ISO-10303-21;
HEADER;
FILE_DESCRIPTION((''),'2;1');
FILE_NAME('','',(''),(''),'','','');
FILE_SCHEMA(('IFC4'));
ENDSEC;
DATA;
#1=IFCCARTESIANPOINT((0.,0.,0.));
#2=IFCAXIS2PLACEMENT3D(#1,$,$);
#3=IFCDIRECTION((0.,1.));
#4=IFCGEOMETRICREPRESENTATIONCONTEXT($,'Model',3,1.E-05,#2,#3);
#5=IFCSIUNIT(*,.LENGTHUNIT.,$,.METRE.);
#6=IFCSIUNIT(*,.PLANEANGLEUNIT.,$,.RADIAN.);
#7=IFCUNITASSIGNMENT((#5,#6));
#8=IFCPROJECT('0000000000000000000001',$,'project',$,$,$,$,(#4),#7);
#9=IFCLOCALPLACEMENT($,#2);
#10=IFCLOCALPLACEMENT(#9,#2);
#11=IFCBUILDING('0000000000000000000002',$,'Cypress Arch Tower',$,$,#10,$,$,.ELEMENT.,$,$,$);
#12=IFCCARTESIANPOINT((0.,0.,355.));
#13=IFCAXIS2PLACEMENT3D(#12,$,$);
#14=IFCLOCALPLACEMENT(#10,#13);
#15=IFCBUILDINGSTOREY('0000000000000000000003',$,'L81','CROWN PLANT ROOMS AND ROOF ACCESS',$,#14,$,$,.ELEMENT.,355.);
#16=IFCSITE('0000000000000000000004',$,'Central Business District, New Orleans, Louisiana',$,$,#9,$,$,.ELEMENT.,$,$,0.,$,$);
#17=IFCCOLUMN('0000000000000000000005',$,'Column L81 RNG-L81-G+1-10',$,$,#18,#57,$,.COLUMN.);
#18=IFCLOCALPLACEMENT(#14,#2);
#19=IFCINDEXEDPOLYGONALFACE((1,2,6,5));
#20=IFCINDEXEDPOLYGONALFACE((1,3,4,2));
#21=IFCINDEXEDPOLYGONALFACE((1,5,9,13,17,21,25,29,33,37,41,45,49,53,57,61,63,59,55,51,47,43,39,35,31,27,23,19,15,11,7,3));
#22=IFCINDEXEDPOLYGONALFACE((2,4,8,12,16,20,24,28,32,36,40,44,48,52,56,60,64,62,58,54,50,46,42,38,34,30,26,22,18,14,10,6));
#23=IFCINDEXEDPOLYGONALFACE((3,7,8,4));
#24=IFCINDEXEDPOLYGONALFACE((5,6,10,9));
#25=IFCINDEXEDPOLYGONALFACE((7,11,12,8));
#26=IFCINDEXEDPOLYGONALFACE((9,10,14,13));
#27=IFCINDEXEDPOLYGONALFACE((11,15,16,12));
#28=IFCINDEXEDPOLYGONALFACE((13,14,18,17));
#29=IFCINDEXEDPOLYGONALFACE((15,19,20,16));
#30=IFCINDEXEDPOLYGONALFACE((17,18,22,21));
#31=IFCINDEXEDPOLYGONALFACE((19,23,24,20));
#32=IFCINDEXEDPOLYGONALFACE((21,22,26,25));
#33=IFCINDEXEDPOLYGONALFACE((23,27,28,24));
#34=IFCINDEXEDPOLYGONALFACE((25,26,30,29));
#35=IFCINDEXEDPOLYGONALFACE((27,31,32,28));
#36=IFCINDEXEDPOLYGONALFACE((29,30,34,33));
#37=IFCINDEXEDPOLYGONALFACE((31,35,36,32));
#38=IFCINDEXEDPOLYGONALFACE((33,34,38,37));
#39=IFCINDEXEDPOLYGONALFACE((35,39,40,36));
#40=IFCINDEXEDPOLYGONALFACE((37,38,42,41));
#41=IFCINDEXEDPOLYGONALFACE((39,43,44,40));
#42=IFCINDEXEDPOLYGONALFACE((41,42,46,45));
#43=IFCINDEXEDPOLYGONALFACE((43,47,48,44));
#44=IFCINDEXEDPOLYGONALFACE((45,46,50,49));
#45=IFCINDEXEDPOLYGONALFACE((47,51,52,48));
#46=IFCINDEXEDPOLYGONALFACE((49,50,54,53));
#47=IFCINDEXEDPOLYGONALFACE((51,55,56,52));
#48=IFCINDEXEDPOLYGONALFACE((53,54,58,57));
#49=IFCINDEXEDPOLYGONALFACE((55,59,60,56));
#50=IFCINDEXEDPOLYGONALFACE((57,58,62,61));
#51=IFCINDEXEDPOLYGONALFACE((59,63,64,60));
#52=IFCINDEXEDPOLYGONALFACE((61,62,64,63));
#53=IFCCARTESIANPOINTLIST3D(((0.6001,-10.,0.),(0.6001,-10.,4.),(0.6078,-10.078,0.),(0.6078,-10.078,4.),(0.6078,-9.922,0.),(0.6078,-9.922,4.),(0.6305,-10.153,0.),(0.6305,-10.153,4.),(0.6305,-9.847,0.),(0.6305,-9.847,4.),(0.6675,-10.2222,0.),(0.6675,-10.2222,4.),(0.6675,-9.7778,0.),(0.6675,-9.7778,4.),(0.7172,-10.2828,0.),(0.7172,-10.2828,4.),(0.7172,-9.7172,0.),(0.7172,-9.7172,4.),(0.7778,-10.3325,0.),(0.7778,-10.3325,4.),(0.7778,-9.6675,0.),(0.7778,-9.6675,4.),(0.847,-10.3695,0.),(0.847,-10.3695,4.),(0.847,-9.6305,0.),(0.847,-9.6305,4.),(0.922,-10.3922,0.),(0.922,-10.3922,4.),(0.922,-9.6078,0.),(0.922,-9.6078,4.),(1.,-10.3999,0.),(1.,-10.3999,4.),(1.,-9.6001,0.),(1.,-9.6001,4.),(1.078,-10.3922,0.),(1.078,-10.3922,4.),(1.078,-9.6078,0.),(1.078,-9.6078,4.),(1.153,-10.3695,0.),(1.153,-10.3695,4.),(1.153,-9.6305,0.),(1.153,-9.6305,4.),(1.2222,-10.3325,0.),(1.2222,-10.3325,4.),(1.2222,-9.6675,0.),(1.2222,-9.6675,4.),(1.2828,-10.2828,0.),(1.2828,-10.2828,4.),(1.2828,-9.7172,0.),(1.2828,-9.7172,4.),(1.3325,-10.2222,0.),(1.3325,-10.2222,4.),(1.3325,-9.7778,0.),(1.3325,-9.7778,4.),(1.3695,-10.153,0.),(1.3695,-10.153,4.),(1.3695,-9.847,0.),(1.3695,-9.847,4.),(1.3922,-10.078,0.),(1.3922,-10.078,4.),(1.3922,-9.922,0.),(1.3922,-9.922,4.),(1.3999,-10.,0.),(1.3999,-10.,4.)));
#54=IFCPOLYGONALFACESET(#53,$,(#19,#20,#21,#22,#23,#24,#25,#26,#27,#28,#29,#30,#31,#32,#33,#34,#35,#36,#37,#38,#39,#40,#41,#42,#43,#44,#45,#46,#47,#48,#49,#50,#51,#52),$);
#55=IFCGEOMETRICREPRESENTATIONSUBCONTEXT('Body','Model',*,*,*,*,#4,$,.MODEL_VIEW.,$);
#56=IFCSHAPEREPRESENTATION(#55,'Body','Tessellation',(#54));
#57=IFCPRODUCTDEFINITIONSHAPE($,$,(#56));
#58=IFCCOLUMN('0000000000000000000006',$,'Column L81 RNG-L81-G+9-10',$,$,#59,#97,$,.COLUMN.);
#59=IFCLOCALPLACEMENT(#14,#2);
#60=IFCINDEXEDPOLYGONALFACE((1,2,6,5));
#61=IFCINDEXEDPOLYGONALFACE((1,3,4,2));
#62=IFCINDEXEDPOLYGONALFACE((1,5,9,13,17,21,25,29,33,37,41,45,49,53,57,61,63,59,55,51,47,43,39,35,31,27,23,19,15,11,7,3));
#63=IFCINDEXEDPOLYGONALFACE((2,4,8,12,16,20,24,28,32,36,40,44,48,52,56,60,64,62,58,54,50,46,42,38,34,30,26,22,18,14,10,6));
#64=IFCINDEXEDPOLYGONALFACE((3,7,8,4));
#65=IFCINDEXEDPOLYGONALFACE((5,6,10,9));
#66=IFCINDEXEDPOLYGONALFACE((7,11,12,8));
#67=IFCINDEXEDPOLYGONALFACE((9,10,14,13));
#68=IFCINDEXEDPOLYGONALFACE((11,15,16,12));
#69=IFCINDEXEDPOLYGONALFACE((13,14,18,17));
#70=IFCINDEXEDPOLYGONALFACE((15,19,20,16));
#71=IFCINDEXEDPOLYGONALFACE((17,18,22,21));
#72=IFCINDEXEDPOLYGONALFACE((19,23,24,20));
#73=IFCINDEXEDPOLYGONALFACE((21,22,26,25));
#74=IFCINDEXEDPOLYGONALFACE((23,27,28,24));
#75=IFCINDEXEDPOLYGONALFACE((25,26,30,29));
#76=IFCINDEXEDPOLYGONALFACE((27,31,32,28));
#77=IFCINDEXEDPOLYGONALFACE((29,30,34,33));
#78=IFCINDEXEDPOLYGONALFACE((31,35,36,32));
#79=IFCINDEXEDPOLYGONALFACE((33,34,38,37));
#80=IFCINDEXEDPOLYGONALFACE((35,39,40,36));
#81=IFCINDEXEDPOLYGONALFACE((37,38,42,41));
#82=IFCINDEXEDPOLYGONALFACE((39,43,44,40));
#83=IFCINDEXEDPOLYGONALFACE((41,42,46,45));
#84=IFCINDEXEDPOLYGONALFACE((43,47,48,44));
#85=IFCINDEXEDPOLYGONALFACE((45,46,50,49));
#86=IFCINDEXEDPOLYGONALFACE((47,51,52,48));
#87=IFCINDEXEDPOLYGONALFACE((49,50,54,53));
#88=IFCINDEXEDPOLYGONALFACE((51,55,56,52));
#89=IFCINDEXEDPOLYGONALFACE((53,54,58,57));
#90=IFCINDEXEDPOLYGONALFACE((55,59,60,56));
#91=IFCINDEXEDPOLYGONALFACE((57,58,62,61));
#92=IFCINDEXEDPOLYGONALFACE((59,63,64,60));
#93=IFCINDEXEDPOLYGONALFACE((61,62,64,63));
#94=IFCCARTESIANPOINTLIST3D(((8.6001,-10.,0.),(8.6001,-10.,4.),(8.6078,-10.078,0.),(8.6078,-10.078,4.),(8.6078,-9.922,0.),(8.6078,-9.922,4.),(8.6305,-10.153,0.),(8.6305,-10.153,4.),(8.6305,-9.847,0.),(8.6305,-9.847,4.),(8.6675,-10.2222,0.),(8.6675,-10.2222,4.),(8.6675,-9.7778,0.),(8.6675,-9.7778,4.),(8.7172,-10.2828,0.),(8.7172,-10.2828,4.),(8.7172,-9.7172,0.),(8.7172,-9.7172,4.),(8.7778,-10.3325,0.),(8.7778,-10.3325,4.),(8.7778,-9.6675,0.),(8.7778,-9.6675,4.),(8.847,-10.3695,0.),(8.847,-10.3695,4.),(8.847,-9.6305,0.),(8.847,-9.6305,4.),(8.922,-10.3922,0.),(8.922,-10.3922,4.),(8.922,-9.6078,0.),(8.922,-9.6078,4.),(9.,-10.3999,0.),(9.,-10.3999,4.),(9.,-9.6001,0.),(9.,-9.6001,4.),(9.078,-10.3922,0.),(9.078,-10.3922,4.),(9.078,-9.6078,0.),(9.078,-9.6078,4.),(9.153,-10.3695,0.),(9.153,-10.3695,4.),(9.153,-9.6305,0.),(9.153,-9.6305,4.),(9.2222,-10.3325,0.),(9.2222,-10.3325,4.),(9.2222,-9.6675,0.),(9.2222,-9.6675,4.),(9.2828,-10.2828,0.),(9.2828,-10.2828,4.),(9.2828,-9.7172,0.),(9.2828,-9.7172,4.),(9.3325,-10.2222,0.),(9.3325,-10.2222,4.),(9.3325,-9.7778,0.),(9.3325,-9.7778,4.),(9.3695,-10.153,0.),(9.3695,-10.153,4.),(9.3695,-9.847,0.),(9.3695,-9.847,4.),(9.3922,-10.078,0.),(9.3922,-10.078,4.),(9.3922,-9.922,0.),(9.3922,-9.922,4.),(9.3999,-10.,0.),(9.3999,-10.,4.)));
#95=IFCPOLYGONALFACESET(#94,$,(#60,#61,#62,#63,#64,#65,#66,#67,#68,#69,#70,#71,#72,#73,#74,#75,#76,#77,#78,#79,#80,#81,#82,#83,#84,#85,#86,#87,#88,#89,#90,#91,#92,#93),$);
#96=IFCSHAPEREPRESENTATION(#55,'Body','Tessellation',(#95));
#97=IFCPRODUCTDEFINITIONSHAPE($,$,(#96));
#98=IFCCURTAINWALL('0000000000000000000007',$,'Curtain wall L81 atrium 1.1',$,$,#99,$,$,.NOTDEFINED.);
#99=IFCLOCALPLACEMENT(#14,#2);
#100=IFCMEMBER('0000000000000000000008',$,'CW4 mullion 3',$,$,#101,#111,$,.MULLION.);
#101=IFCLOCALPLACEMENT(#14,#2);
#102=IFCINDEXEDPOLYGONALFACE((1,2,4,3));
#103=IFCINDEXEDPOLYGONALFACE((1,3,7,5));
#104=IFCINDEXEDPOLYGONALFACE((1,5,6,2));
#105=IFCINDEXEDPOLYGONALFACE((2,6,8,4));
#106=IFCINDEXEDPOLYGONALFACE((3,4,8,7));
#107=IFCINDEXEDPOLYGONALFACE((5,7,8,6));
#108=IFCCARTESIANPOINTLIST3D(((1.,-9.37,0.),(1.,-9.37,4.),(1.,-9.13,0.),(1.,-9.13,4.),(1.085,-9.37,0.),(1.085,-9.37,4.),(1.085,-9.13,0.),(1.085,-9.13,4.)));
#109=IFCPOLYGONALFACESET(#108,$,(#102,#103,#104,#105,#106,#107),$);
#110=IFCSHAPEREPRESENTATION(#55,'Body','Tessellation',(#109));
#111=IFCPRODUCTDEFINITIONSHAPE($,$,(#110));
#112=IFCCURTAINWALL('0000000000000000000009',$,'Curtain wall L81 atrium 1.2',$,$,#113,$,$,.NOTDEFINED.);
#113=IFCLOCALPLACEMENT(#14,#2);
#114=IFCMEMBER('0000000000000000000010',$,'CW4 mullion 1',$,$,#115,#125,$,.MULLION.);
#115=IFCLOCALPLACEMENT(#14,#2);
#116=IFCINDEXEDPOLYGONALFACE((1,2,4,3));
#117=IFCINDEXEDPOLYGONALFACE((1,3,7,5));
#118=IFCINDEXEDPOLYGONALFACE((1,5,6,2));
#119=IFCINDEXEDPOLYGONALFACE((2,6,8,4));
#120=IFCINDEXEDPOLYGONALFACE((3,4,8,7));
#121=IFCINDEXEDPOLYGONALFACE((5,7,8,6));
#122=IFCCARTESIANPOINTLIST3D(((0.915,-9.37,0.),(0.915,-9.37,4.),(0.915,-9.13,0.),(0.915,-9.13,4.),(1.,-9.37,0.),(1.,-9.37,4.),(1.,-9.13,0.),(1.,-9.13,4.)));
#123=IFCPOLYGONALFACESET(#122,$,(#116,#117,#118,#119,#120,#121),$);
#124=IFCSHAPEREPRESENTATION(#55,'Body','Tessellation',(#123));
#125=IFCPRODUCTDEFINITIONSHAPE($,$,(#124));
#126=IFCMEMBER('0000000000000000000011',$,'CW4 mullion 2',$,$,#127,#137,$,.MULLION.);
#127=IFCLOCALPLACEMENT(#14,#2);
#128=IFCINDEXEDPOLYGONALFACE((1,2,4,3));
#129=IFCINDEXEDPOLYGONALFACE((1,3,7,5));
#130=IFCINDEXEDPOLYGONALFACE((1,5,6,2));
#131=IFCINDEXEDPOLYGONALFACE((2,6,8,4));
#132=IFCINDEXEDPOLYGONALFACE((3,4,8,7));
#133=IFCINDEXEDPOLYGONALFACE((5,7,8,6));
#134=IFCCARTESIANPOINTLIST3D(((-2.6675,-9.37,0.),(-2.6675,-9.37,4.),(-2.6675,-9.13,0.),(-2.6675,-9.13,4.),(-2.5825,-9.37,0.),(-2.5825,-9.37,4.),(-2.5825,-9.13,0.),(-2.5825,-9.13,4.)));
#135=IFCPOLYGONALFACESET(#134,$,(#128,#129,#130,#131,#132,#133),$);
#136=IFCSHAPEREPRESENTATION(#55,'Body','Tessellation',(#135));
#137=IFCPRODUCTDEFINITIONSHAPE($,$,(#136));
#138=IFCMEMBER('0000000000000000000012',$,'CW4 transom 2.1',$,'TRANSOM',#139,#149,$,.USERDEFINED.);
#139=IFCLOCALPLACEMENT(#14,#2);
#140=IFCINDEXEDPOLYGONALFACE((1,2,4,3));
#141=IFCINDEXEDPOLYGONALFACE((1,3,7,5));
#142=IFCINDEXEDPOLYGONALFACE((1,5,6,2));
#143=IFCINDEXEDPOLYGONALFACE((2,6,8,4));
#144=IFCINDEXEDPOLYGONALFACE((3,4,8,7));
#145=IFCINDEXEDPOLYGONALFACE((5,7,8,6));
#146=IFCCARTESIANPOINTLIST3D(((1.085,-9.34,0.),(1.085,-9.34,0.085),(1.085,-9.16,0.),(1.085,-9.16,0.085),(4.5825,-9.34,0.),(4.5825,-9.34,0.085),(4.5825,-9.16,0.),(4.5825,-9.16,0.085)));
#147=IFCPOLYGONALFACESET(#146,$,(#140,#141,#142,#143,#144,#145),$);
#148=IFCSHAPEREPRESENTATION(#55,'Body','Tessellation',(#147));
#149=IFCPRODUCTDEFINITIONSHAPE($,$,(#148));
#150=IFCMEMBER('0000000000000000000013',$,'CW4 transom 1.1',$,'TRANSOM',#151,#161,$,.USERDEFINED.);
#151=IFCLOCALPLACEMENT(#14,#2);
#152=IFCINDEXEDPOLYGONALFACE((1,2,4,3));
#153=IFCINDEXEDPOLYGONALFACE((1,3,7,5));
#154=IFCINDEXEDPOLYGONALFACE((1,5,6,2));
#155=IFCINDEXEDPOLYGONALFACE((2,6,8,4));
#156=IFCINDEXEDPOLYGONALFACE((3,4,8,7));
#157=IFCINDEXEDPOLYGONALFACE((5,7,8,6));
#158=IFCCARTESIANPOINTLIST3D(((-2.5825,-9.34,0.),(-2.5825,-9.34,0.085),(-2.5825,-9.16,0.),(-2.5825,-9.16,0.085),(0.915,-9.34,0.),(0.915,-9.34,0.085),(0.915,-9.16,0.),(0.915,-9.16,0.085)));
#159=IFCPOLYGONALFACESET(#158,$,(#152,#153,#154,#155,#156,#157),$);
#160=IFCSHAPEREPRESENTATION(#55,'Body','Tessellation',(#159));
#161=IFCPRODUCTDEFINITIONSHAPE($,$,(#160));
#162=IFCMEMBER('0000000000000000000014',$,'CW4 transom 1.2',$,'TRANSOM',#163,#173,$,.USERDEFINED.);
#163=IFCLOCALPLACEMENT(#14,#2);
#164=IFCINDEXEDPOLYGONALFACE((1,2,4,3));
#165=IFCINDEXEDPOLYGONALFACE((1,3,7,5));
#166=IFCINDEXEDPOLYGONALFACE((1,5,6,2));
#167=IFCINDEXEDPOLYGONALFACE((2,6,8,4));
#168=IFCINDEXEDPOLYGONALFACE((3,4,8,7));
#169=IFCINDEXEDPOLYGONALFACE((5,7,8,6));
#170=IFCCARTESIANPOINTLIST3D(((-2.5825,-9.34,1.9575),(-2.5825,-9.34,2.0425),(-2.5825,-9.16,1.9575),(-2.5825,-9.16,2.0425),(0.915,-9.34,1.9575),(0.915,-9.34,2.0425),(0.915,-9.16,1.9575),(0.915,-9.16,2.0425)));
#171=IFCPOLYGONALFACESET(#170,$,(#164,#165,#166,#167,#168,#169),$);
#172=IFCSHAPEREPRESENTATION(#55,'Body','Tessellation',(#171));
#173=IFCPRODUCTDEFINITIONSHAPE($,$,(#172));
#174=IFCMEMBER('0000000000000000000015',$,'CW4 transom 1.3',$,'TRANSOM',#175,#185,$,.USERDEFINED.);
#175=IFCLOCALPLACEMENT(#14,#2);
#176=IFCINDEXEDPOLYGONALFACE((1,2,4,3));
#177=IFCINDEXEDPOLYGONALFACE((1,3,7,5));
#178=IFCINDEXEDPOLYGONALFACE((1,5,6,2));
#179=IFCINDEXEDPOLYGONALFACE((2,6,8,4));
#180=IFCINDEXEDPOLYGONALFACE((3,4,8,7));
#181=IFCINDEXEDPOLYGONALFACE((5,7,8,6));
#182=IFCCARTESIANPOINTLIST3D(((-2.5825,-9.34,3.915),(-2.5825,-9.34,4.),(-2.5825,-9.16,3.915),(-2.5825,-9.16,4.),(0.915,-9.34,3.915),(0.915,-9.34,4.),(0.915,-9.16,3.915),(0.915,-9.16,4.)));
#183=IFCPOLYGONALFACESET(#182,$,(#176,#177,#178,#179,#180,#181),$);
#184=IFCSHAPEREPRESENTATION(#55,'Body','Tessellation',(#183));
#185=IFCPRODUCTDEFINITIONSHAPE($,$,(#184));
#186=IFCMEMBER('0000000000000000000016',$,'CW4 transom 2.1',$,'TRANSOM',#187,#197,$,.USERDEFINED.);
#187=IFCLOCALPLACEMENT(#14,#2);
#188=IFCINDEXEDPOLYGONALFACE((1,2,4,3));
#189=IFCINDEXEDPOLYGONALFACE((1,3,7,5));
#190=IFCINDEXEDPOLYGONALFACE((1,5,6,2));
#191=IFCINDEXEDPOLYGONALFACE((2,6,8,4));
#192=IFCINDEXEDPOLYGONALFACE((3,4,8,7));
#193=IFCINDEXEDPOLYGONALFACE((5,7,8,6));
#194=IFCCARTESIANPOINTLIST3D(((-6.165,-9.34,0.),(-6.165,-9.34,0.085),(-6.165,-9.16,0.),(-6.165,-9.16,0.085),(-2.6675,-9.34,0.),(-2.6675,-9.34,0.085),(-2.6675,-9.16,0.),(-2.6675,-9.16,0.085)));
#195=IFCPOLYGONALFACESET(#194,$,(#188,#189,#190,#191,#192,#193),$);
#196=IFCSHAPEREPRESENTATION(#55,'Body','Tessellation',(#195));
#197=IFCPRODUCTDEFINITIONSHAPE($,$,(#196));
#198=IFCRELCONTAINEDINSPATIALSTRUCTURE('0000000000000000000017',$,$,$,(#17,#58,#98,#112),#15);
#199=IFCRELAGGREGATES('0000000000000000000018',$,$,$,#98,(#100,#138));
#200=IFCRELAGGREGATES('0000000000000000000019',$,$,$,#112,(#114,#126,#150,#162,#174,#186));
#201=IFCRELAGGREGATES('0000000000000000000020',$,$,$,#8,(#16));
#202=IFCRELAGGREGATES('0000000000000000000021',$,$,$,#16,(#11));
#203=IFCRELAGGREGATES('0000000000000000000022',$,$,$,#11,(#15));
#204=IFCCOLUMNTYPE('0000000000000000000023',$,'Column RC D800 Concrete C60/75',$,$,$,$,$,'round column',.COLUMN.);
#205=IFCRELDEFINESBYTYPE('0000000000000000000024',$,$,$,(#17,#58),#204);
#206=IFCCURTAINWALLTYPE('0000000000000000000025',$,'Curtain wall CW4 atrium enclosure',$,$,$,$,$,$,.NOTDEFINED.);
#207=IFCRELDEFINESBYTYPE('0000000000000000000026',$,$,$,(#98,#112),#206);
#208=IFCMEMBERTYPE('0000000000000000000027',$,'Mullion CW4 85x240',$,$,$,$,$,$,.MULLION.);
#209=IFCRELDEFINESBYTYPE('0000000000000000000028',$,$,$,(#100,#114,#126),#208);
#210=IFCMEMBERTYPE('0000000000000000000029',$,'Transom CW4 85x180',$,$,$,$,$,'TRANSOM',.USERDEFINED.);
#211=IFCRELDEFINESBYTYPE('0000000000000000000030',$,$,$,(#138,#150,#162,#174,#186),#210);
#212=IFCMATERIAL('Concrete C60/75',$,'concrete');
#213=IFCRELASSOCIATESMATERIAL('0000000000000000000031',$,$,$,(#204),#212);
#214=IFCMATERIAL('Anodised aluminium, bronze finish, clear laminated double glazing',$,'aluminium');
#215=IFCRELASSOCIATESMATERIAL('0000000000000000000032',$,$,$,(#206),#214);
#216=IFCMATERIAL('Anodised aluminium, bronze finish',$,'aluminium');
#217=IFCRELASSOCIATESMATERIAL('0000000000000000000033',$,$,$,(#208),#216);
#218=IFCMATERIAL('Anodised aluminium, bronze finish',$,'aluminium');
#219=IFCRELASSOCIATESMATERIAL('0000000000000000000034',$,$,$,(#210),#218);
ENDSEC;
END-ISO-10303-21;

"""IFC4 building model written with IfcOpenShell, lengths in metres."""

from ifc_helpers import new_model, si_unit, direction, frame, origin, origin_2d, place, context, subcontext, project, spatial, rectangle, circle, extrude, material, material_profile, profile_set, type_object, element, aggregate, save


model = new_model("IFC4")

# Units and contexts
model_context = context("Model", 3, precision=1e-05, world=origin(), true_north=direction((0.0, 1.0)))
body_context = subcontext(model_context, "Body", "Model", "MODEL_VIEW")
ifc_project = project(units=[si_unit("LENGTHUNIT", "METRE"), si_unit("PLANEANGLEUNIT", "RADIAN")], contexts=[model_context])

# Site, building, storey
site_placement = place(None, origin())
site = spatial("IfcSite", under=ifc_project, at=site_placement, Name="Central Business District, New Orleans, Louisiana", CompositionType="ELEMENT", RefElevation=0.0)
building_placement = place(site_placement, origin())
building = spatial("IfcBuilding", under=site, at=building_placement, Name="Cypress Arch Tower", CompositionType="ELEMENT")
storey_placement = place(building_placement, frame((0.0, 0.0, 355.0)))
storey = spatial("IfcBuildingStorey", under=building, at=storey_placement, Name="L81", Description="CROWN PLANT ROOMS AND ROOF ACCESS", CompositionType="ELEMENT", Elevation=355.0)

# Columns
ifc_material_1 = material(Name="Concrete C60/75", Category="concrete")
ifc_material_profile_1 = material_profile(ifc_material_1, circle(Radius=0.3999, at=origin_2d()), Name="RC D800")
ifc_profile_set_1 = profile_set([ifc_material_profile_1], Name="Concrete C60/75")
column_type = type_object("IfcColumnType", Name="Column RC D800 Concrete C60/75", ElementType="round column", PredefinedType="COLUMN", material=ifc_profile_set_1)
for number, where, z_axis, x_axis, name in (
    (1, (1.0, -10.0, 0.0), (0.0, 0.0, 1.0), (1.0, 0.0, 0.0), "Column L81 RNG-L81-G+1-10"),
    (2, (9.0, -10.0, 0.0), (0.0, 0.0, 1.0), (1.0, 0.0, 0.0), "Column L81 RNG-L81-G+9-10"),
):
    element("IfcColumn", number, at=place(storey_placement, frame(where, z_axis=z_axis, x_axis=x_axis)), inside=storey, type_object=column_type, Name=name, PredefinedType="COLUMN", context=body_context, shape_type="SweptSolid", body=[
        extrude(circle(Radius=0.3999, at=origin_2d()), origin(), (0.0, 0.0, 1.0), 4.0),
    ])

# Curtain wall, member
ifc_material_2 = material(Name="Anodised aluminium, bronze finish, clear laminated double glazing", Category="aluminium")
curtain_wall_type = type_object("IfcCurtainWallType", Name="Curtain wall CW4 atrium enclosure", PredefinedType="NOTDEFINED", material=ifc_material_2)
curtain_wall_1_placement = place(storey_placement, origin())
curtain_wall_1 = element("IfcCurtainWall", 3, at=curtain_wall_1_placement, inside=storey, type_object=curtain_wall_type, Name="Curtain wall L81 atrium 1.1", PredefinedType="NOTDEFINED")
ifc_material_3 = material(Name="Anodised aluminium, bronze finish", Category="aluminium")
ifc_material_profile_2 = material_profile(ifc_material_3, rectangle(XDim=0.24, YDim=0.085, at=origin_2d()), Name="Mullion 85x240")
ifc_profile_set_2 = profile_set([ifc_material_profile_2], Name="Anodised aluminium, bronze finish")
member_type_1 = type_object("IfcMemberType", Name="Mullion CW4 85x240", PredefinedType="MULLION", material=ifc_profile_set_2)
member_1_placement = place(storey_placement, frame((1.0425, -9.25, 0.0), z_axis=(0.0, 0.0, 1.0), x_axis=(0.0, -1.0, 0.0)))
member_1 = element("IfcMember", 4, at=member_1_placement, type_object=member_type_1, Name="CW4 mullion 3", PredefinedType="MULLION", context=body_context, shape_type="SweptSolid", body=[
    extrude(rectangle(XDim=0.24, YDim=0.085, at=origin_2d()), origin(), (0.0, 0.0, 1.0), 4.0),
])

# Curtain wall, members
curtain_wall_2_placement = place(storey_placement, origin())
curtain_wall_2 = element("IfcCurtainWall", 5, at=curtain_wall_2_placement, inside=storey, type_object=curtain_wall_type, Name="Curtain wall L81 atrium 1.2", PredefinedType="NOTDEFINED")
member_2_placement = place(storey_placement, frame((0.9575, -9.25, 0.0), z_axis=(0.0, 0.0, 1.0), x_axis=(0.0, -1.0, 0.0)))
member_2 = element("IfcMember", 6, at=member_2_placement, type_object=member_type_1, Name="CW4 mullion 1", PredefinedType="MULLION", context=body_context, shape_type="SweptSolid", body=[
    extrude(rectangle(XDim=0.24, YDim=0.085, at=origin_2d()), origin(), (0.0, 0.0, 1.0), 4.0),
])
member_3_placement = place(storey_placement, frame((-2.625, -9.25, 0.0), z_axis=(0.0, 0.0, 1.0), x_axis=(0.0, -1.0, 0.0)))
member_3 = element("IfcMember", 7, at=member_3_placement, type_object=member_type_1, Name="CW4 mullion 2", PredefinedType="MULLION", context=body_context, shape_type="SweptSolid", body=[
    extrude(rectangle(XDim=0.24, YDim=0.085, at=origin_2d()), origin(), (0.0, 0.0, 1.0), 4.0),
])

# Members
ifc_material_4 = material(Name="Anodised aluminium, bronze finish", Category="aluminium")
ifc_material_profile_3 = material_profile(ifc_material_4, rectangle(XDim=0.1799, YDim=0.085, at=origin_2d()), Name="Transom 85x180")
ifc_profile_set_3 = profile_set([ifc_material_profile_3], Name="Anodised aluminium, bronze finish")
member_type_2 = type_object("IfcMemberType", Name="Transom CW4 85x180", ElementType="TRANSOM", PredefinedType="USERDEFINED", material=ifc_profile_set_3)
member_4_placement = place(storey_placement, frame((4.5825, -9.25, 0.0425), z_axis=(-1.0, 0.0, 0.0), x_axis=(0.0, -1.0, 0.0)))
member_4 = element("IfcMember", 8, at=member_4_placement, type_object=member_type_2, Name="CW4 transom 2.1", ObjectType="TRANSOM", PredefinedType="USERDEFINED", context=body_context, shape_type="SweptSolid", body=[
    extrude(rectangle(XDim=0.1799, YDim=0.085, at=origin_2d()), origin(), (0.0, 0.0, 1.0), 3.4976),
])
member_5_placement = place(storey_placement, frame((0.915, -9.25, 0.0425), z_axis=(-1.0, 0.0, 0.0), x_axis=(0.0, -1.0, 0.0)))
member_5 = element("IfcMember", 9, at=member_5_placement, type_object=member_type_2, Name="CW4 transom 1.1", ObjectType="TRANSOM", PredefinedType="USERDEFINED", context=body_context, shape_type="SweptSolid", body=[
    extrude(rectangle(XDim=0.1799, YDim=0.085, at=origin_2d()), origin(), (0.0, 0.0, 1.0), 3.4976),
])
member_6_placement = place(storey_placement, frame((0.915, -9.25, 2.0), z_axis=(-1.0, 0.0, 0.0), x_axis=(0.0, -1.0, 0.0)))
member_6 = element("IfcMember", 10, at=member_6_placement, type_object=member_type_2, Name="CW4 transom 1.2", ObjectType="TRANSOM", PredefinedType="USERDEFINED", context=body_context, shape_type="SweptSolid", body=[
    extrude(rectangle(XDim=0.1799, YDim=0.085, at=origin_2d()), origin(), (0.0, 0.0, 1.0), 3.4976),
])
member_7_placement = place(storey_placement, frame((0.915, -9.25, 3.9575), z_axis=(-1.0, 0.0, 0.0), x_axis=(0.0, -1.0, 0.0)))
member_7 = element("IfcMember", 11, at=member_7_placement, type_object=member_type_2, Name="CW4 transom 1.3", ObjectType="TRANSOM", PredefinedType="USERDEFINED", context=body_context, shape_type="SweptSolid", body=[
    extrude(rectangle(XDim=0.1799, YDim=0.085, at=origin_2d()), origin(), (0.0, 0.0, 1.0), 3.4976),
])
member_8_placement = place(storey_placement, frame((-2.6675, -9.25, 0.0425), z_axis=(-1.0, 0.0, 0.0), x_axis=(0.0, -1.0, 0.0)))
member_8 = element("IfcMember", 12, at=member_8_placement, type_object=member_type_2, Name="CW4 transom 2.1", ObjectType="TRANSOM", PredefinedType="USERDEFINED", context=body_context, shape_type="SweptSolid", body=[
    extrude(rectangle(XDim=0.1799, YDim=0.085, at=origin_2d()), origin(), (0.0, 0.0, 1.0), 3.4976),
])

aggregate(curtain_wall_1, [member_1, member_4])
aggregate(curtain_wall_2, [member_2, member_3, member_5, member_6, member_7, member_8])

save(model, "model.ifc")
